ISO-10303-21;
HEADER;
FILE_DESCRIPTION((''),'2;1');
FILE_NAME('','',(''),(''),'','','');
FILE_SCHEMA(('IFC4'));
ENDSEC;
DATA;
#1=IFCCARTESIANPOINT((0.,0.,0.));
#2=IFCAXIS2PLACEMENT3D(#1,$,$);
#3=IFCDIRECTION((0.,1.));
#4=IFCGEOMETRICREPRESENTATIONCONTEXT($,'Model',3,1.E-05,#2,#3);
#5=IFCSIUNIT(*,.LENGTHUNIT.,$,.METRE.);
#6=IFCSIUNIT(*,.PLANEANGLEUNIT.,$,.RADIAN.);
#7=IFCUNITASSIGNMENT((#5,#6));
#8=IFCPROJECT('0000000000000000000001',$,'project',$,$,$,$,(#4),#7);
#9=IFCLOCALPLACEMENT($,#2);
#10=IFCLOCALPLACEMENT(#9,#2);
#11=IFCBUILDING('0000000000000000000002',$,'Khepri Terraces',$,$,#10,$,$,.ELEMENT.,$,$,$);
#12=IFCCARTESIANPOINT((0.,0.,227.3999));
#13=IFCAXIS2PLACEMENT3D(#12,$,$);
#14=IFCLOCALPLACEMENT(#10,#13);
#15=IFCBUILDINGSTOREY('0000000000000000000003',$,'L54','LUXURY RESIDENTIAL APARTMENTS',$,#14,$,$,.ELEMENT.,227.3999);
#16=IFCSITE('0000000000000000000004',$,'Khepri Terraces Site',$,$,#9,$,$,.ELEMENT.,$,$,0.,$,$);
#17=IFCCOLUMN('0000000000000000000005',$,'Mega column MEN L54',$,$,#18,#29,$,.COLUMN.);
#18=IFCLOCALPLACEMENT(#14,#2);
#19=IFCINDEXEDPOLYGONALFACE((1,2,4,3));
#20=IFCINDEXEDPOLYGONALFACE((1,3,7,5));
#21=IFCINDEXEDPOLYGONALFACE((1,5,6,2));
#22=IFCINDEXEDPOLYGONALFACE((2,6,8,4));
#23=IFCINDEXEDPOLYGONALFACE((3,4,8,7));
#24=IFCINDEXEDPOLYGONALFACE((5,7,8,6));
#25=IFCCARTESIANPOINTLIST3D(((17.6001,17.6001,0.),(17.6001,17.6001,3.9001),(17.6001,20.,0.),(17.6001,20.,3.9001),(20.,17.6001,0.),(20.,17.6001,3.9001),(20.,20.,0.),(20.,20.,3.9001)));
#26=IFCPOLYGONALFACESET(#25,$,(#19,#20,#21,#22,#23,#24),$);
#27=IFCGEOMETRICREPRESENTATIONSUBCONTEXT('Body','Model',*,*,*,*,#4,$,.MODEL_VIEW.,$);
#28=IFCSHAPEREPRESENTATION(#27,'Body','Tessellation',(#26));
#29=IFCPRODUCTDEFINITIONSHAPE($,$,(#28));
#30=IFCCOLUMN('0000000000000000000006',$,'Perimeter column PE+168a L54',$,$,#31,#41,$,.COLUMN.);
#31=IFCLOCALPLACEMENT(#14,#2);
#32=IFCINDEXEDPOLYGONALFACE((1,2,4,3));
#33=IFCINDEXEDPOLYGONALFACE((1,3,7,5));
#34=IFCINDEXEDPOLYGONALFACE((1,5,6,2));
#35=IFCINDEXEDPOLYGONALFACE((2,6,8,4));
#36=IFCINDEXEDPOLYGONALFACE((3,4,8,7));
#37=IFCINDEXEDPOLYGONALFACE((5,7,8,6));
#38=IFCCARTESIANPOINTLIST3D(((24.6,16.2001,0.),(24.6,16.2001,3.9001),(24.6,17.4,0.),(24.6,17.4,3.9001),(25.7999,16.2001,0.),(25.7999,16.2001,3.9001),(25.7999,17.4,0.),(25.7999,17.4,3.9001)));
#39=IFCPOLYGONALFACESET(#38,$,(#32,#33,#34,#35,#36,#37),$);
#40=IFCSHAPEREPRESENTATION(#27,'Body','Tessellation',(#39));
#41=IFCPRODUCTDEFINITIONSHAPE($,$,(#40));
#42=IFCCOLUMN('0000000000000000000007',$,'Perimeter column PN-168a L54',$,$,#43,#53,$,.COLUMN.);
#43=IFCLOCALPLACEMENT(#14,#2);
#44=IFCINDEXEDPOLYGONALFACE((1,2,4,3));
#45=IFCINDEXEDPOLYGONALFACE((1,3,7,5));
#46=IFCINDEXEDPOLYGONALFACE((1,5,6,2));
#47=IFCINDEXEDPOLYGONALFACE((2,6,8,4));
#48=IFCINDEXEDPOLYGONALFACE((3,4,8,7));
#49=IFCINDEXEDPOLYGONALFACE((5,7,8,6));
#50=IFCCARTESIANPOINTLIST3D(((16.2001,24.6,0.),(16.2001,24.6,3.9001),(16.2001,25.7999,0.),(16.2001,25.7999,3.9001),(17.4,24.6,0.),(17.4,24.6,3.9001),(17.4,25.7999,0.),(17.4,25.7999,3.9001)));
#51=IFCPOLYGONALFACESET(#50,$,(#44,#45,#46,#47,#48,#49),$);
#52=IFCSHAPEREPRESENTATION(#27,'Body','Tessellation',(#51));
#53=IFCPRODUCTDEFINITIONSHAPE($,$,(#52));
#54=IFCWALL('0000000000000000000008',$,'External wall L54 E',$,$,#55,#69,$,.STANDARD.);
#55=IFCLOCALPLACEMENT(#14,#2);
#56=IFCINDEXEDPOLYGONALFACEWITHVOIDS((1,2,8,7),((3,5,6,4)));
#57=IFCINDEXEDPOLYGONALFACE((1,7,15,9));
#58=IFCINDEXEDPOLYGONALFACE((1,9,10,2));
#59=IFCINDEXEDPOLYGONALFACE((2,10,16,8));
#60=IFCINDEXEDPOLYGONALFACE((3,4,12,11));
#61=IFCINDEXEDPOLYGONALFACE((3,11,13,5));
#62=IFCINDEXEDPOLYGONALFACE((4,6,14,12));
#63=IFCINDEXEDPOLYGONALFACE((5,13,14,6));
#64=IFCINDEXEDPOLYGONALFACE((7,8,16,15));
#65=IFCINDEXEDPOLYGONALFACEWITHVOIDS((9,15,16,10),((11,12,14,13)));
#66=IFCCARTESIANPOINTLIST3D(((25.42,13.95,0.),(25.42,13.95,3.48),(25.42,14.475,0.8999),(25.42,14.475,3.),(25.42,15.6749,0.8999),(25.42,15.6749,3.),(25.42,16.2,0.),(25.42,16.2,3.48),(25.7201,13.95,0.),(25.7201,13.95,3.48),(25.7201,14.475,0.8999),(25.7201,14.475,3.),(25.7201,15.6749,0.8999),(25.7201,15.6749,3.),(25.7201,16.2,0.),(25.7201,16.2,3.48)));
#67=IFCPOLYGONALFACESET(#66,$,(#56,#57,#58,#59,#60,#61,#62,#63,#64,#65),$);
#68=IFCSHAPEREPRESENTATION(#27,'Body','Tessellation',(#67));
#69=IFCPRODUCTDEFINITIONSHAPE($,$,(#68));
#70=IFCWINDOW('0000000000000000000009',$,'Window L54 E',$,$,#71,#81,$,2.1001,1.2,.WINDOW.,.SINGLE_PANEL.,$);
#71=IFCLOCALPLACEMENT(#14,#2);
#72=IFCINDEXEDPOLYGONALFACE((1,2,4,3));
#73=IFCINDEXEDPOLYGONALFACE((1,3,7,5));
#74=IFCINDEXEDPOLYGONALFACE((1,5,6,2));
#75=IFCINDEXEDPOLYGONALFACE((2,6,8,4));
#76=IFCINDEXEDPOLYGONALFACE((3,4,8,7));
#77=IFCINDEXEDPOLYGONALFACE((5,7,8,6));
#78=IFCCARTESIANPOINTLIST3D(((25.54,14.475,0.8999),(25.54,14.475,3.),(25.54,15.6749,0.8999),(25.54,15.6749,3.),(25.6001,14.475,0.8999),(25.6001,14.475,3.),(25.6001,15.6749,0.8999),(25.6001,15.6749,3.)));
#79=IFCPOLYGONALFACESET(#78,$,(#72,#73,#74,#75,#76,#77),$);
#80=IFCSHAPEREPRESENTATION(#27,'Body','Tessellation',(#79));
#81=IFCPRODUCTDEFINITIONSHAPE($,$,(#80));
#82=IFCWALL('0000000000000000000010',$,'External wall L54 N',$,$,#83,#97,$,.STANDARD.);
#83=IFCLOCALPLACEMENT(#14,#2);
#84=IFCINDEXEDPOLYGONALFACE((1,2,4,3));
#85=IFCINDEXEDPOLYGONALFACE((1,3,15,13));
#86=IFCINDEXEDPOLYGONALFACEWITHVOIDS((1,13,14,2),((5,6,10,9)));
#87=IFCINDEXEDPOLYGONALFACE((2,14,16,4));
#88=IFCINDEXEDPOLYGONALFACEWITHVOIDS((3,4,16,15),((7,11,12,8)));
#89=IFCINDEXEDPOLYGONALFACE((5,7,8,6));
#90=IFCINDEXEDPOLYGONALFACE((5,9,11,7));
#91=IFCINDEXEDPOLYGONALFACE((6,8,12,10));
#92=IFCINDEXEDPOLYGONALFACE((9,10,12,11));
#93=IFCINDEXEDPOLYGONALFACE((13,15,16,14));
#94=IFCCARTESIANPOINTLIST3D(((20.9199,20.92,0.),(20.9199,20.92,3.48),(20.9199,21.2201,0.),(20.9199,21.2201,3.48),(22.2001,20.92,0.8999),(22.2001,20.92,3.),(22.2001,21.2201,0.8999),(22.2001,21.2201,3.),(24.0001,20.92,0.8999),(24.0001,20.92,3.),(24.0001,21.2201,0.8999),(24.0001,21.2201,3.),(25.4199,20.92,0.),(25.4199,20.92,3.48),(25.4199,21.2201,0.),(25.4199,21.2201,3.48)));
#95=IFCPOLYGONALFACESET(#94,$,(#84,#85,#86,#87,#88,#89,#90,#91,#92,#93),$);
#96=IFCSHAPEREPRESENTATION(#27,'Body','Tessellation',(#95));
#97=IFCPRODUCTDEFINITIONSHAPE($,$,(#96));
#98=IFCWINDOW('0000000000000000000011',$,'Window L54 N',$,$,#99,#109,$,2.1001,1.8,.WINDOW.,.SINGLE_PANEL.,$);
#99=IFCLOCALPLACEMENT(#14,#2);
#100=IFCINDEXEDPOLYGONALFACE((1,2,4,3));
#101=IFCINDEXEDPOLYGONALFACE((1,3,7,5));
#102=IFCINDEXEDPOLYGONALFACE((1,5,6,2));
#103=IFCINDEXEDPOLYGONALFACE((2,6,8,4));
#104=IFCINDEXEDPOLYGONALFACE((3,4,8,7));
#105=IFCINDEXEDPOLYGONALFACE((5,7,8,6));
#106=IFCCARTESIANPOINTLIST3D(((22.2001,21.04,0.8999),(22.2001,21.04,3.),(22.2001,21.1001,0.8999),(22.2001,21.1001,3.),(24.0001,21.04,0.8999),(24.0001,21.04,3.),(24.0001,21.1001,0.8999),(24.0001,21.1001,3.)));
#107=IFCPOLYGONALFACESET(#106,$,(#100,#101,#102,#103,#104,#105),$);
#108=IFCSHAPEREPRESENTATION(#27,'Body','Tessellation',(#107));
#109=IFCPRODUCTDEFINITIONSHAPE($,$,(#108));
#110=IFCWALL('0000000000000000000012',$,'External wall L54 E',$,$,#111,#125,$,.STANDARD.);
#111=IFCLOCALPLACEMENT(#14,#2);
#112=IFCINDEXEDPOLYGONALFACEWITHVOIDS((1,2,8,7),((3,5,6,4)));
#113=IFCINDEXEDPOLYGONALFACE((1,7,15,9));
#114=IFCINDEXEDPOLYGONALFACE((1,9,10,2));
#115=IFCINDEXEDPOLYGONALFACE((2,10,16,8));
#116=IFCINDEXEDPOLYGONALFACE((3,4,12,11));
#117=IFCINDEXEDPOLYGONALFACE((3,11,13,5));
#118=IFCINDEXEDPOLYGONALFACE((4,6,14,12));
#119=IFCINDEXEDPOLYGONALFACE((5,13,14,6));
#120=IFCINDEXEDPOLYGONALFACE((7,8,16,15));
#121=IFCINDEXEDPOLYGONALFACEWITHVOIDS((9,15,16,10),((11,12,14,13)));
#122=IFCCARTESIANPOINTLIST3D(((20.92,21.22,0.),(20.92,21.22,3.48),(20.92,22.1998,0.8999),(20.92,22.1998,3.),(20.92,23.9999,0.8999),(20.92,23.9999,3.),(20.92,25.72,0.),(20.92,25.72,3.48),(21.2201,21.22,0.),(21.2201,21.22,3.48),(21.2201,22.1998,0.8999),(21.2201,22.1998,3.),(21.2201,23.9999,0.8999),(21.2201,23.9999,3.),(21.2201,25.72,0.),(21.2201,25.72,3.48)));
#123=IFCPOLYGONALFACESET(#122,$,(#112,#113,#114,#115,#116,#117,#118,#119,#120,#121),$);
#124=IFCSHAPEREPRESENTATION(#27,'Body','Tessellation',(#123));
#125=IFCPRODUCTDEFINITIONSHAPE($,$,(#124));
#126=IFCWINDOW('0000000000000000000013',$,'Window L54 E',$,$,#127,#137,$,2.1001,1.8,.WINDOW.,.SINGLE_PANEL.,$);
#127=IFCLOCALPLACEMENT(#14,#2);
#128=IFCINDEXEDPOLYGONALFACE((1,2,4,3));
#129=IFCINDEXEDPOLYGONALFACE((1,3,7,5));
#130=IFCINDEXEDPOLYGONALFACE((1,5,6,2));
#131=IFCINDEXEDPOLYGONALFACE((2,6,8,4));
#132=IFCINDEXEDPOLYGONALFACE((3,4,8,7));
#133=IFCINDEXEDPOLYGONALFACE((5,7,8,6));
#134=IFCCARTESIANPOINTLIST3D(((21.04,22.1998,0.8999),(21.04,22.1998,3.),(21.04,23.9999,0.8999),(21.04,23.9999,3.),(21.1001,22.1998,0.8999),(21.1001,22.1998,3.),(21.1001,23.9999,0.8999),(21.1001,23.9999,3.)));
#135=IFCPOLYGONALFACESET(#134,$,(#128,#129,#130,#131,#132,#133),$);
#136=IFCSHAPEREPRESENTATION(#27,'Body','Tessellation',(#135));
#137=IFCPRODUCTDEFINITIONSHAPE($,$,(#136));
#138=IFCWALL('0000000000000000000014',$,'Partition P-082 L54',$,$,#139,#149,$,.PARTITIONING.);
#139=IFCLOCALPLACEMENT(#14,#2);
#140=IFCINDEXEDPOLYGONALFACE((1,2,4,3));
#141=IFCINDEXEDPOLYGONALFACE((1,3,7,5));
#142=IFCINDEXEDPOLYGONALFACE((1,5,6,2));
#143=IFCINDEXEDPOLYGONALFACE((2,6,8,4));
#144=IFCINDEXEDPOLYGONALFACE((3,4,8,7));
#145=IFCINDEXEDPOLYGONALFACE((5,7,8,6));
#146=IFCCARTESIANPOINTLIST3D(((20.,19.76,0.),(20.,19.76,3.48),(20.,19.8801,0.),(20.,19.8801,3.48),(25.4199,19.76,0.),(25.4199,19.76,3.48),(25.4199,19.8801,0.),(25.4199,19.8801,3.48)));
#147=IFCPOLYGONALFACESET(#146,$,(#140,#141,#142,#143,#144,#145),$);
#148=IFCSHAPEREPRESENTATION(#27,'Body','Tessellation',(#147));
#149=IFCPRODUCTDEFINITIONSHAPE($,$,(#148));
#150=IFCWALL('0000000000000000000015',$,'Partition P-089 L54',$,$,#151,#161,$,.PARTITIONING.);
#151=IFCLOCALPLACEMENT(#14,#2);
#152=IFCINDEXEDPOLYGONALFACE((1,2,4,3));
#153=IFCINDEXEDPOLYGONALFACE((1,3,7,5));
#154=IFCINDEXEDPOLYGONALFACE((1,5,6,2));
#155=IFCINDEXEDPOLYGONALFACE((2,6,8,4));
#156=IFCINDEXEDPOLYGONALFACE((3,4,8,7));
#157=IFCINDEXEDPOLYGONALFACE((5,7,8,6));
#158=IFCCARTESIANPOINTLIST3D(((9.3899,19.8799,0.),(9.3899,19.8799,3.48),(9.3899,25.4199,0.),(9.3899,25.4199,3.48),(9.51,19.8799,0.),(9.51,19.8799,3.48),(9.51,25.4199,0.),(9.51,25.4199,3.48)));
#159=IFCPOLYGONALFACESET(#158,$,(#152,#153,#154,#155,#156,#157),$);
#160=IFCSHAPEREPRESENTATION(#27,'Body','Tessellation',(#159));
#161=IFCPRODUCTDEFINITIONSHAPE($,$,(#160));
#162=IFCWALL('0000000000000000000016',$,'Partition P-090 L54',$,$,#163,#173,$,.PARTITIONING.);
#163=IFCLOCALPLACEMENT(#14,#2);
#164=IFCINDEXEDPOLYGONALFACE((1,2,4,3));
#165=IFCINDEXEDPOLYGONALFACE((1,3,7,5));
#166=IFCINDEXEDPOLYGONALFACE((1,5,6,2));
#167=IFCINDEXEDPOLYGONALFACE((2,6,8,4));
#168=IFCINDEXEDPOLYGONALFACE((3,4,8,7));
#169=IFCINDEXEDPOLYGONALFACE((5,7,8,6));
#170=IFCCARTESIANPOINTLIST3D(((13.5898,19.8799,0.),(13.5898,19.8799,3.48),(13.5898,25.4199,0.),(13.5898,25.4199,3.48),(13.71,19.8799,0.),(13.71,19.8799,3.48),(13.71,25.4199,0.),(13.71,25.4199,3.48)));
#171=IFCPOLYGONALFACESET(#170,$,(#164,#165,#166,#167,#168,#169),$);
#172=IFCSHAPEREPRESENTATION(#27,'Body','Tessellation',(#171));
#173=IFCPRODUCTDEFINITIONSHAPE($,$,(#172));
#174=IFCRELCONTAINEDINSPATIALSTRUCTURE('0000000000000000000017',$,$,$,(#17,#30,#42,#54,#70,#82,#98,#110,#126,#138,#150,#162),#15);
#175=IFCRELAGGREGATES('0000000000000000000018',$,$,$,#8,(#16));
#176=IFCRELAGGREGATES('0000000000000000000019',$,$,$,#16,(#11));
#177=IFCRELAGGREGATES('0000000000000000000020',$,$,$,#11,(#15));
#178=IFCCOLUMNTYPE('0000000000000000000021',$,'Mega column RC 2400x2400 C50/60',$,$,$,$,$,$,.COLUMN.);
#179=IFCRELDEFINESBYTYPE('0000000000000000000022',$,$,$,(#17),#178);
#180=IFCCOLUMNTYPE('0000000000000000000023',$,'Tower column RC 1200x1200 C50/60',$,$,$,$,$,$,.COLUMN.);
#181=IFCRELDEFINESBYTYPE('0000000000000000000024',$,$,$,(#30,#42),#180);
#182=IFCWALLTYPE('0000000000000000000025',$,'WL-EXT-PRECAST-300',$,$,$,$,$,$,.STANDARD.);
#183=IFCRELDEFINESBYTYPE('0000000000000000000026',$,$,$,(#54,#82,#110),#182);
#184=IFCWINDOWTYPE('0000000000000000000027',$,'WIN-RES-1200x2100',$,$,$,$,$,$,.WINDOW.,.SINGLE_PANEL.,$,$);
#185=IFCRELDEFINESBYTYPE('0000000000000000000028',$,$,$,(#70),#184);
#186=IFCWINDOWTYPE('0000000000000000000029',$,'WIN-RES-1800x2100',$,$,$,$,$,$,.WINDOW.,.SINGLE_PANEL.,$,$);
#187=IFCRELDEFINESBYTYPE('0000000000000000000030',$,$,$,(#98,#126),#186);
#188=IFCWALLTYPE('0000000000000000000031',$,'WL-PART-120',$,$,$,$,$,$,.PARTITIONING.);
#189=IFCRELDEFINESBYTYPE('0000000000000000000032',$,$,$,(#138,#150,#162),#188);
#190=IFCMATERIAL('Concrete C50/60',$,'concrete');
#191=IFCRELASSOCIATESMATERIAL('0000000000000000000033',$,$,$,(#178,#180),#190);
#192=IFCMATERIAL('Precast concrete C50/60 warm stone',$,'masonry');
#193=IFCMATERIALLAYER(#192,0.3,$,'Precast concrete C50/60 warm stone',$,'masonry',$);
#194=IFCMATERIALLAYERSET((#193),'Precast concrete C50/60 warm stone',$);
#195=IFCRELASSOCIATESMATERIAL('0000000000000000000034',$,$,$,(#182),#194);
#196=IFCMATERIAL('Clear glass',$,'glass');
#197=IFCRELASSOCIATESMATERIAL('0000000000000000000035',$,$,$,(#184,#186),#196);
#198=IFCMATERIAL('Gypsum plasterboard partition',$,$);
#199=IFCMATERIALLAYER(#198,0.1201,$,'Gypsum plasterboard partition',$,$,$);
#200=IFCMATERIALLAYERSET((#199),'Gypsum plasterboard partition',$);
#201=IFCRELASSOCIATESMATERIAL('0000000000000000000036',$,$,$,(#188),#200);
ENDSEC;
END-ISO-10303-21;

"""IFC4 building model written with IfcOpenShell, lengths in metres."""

from ifc_helpers import new_model, si_unit, direction, frame, frame_2d, origin, origin_2d, place, context, subcontext, project, spatial, rectangle, extrude, material, layer, layer_set, material_profile, profile_set, type_object, element, fill, save


model = new_model("IFC4")

# Units and contexts
model_context = context("Model", 3, precision=1e-05, world=origin(), true_north=direction((0.0, 1.0)))
body_context = subcontext(model_context, "Body", "Model", "MODEL_VIEW")
ifc_project = project(units=[si_unit("LENGTHUNIT", "METRE"), si_unit("PLANEANGLEUNIT", "RADIAN")], contexts=[model_context])

# Site, building, storey
site_placement = place(None, origin())
site = spatial("IfcSite", under=ifc_project, at=site_placement, Name="Khepri Terraces Site", CompositionType="ELEMENT", RefElevation=0.0)
building_placement = place(site_placement, origin())
building = spatial("IfcBuilding", under=site, at=building_placement, Name="Khepri Terraces", CompositionType="ELEMENT")
storey_placement = place(building_placement, frame((0.0, 0.0, 227.3999)))
storey = spatial("IfcBuildingStorey", under=building, at=storey_placement, Name="L54", Description="LUXURY RESIDENTIAL APARTMENTS", CompositionType="ELEMENT", Elevation=227.3999)

# Columns
ifc_material_1 = material(Name="Concrete C50/60", Category="concrete")
ifc_material_profile_1 = material_profile(ifc_material_1, rectangle(XDim=2.3999, YDim=2.3999, at=origin_2d()), Name="Concrete C50/60", Category="concrete")
ifc_profile_set_1 = profile_set([ifc_material_profile_1], Name="Concrete C50/60")
column_type_1 = type_object("IfcColumnType", Name="Mega column RC 2400x2400 C50/60", PredefinedType="COLUMN", material=ifc_profile_set_1)
column_placement = place(storey_placement, frame((18.8, 18.8, 0.0), z_axis=(0.0, 0.0, 1.0), x_axis=(1.0, 0.0, 0.0)))
element("IfcColumn", 1, at=column_placement, inside=storey, type_object=column_type_1, Name="Mega column MEN L54", PredefinedType="COLUMN", context=body_context, shape_type="SweptSolid", body=[
    extrude(rectangle(XDim=2.3999, YDim=2.3999, at=origin_2d()), origin(), (0.0, 0.0, 1.0), 3.9001),
])
ifc_material_profile_2 = material_profile(ifc_material_1, rectangle(XDim=1.2, YDim=1.2, at=origin_2d()), Name="Concrete C50/60", Category="concrete")
ifc_profile_set_2 = profile_set([ifc_material_profile_2], Name="Concrete C50/60")
column_type_2 = type_object("IfcColumnType", Name="Tower column RC 1200x1200 C50/60", PredefinedType="COLUMN", material=ifc_profile_set_2)
for number, where, z_axis, x_axis, name in (
    (2, (25.2, 16.8, 0.0), (0.0, 0.0, 1.0), (1.0, 0.0, 0.0), "Perimeter column PE+168a L54"),
    (3, (16.8, 25.2, 0.0), (0.0, 0.0, 1.0), (1.0, 0.0, 0.0), "Perimeter column PN-168a L54"),
):
    element("IfcColumn", number, at=place(storey_placement, frame(where, z_axis=z_axis, x_axis=x_axis)), inside=storey, type_object=column_type_2, Name=name, PredefinedType="COLUMN", context=body_context, shape_type="SweptSolid", body=[
        extrude(rectangle(XDim=1.2, YDim=1.2, at=origin_2d()), origin(), (0.0, 0.0, 1.0), 3.9001),
    ])

# Shared definitions
ifc_material_2 = material(Name="Precast concrete C50/60 warm stone", Category="masonry")
ifc_layer_1 = layer(ifc_material_2, 0.3, Name="Precast concrete C50/60 warm stone", Category="masonry")
ifc_layer_set_1 = layer_set([ifc_layer_1], Name="Precast concrete C50/60 warm stone")
wall_type_1 = type_object("IfcWallType", Name="WL-EXT-PRECAST-300", PredefinedType="STANDARD", material=ifc_layer_set_1)

# Wall, opening, window
wall_1_placement = place(storey_placement, frame((25.5701, 13.95, 0.0), z_axis=(0.0, 0.0, 1.0), x_axis=(0.0, 1.0, 0.0)))
wall_1 = element("IfcWall", 4, at=wall_1_placement, inside=storey, type_object=wall_type_1, Name="External wall L54 E", PredefinedType="STANDARD", context=body_context, shape_type="SweptSolid", body=[
    extrude(rectangle(XDim=2.25, YDim=0.3, at=frame_2d((1.125, 0.0))), origin(), (0.0, 0.0, 1.0), 3.48),
])
opening_1_placement = place(wall_1_placement, frame((0.5249, 0.0, 0.8999)))
opening_1 = element("IfcOpeningElement", 5, at=opening_1_placement, cuts=wall_1, PredefinedType="OPENING", context=body_context, shape_type="SweptSolid", body=[
    extrude(rectangle(XDim=1.2, YDim=2.1001, at=frame_2d((0.6001, 1.05))), frame((0.0, 0.1602, 0.0), z_axis=(0.0, -1.0, 0.0), x_axis=(1.0, 0.0, 0.0)), (0.0, 0.0, 1.0), 0.3201),
])
ifc_material_3 = material(Name="Clear glass", Category="glass")
window_type_1 = type_object("IfcWindowType", Name="WIN-RES-1200x2100", PartitioningType="SINGLE_PANEL", PredefinedType="WINDOW", material=ifc_material_3)
window_1_placement = place(opening_1_placement, origin())
window_1 = element("IfcWindow", 6, at=window_1_placement, inside=storey, type_object=window_type_1, Name="Window L54 E", OverallHeight=2.1001, OverallWidth=1.2, PartitioningType="SINGLE_PANEL", PredefinedType="WINDOW", context=body_context, shape_type="SweptSolid", body=[
    extrude(rectangle(XDim=1.2, YDim=2.1001, at=frame_2d((0.6001, 1.05))), frame((0.0, 0.03, 0.0), z_axis=(0.0, -1.0, 0.0), x_axis=(1.0, 0.0, 0.0)), (0.0, 0.0, 1.0), 0.0601),
])
fill(opening_1, window_1)

# Walls, openings, windows
wall_2_placement = place(storey_placement, frame((25.4199, 21.0701, 0.0), z_axis=(0.0, 0.0, 1.0), x_axis=(-1.0, 0.0, 0.0)))
wall_2 = element("IfcWall", 7, at=wall_2_placement, inside=storey, type_object=wall_type_1, Name="External wall L54 N", PredefinedType="STANDARD", context=body_context, shape_type="SweptSolid", body=[
    extrude(rectangle(XDim=4.5, YDim=0.3, at=frame_2d((2.25, 0.0))), origin(), (0.0, 0.0, 1.0), 3.48),
])
opening_2_placement = place(wall_2_placement, frame((1.4199, 0.0, 0.8999)))
opening_2 = element("IfcOpeningElement", 8, at=opening_2_placement, cuts=wall_2, PredefinedType="OPENING", context=body_context, shape_type="SweptSolid", body=[
    extrude(rectangle(XDim=1.8, YDim=2.1001, at=frame_2d((0.8999, 1.05))), frame((0.0, 0.1602, 0.0), z_axis=(0.0, -1.0, 0.0), x_axis=(1.0, 0.0, 0.0)), (0.0, 0.0, 1.0), 0.3201),
])
window_type_2 = type_object("IfcWindowType", Name="WIN-RES-1800x2100", PartitioningType="SINGLE_PANEL", PredefinedType="WINDOW", material=ifc_material_3)
window_2_placement = place(opening_2_placement, origin())
window_2 = element("IfcWindow", 9, at=window_2_placement, inside=storey, type_object=window_type_2, Name="Window L54 N", OverallHeight=2.1001, OverallWidth=1.8, PartitioningType="SINGLE_PANEL", PredefinedType="WINDOW", context=body_context, shape_type="SweptSolid", body=[
    extrude(rectangle(XDim=1.8, YDim=2.1001, at=frame_2d((0.8999, 1.05))), frame((0.0, 0.03, 0.0), z_axis=(0.0, -1.0, 0.0), x_axis=(1.0, 0.0, 0.0)), (0.0, 0.0, 1.0), 0.0601),
])
fill(opening_2, window_2)
wall_3_placement = place(storey_placement, frame((21.0701, 21.22, 0.0), z_axis=(0.0, 0.0, 1.0), x_axis=(0.0, 1.0, 0.0)))
wall_3 = element("IfcWall", 10, at=wall_3_placement, inside=storey, type_object=wall_type_1, Name="External wall L54 E", PredefinedType="STANDARD", context=body_context, shape_type="SweptSolid", body=[
    extrude(rectangle(XDim=4.5, YDim=0.3, at=frame_2d((2.25, 0.0))), origin(), (0.0, 0.0, 1.0), 3.48),
])
opening_3_placement = place(wall_3_placement, frame((0.98, 0.0, 0.8999)))
opening_3 = element("IfcOpeningElement", 11, at=opening_3_placement, cuts=wall_3, PredefinedType="OPENING", context=body_context, shape_type="SweptSolid", body=[
    extrude(rectangle(XDim=1.8, YDim=2.1001, at=frame_2d((0.8999, 1.05))), frame((0.0, 0.1602, 0.0), z_axis=(0.0, -1.0, 0.0), x_axis=(1.0, 0.0, 0.0)), (0.0, 0.0, 1.0), 0.3201),
])
window_3_placement = place(opening_3_placement, origin())
window_3 = element("IfcWindow", 12, at=window_3_placement, inside=storey, type_object=window_type_2, Name="Window L54 E", OverallHeight=2.1001, OverallWidth=1.8, PartitioningType="SINGLE_PANEL", PredefinedType="WINDOW", context=body_context, shape_type="SweptSolid", body=[
    extrude(rectangle(XDim=1.8, YDim=2.1001, at=frame_2d((0.8999, 1.05))), frame((0.0, 0.03, 0.0), z_axis=(0.0, -1.0, 0.0), x_axis=(1.0, 0.0, 0.0)), (0.0, 0.0, 1.0), 0.0601),
])
fill(opening_3, window_3)

# Walls
ifc_material_4 = material(Name="Gypsum plasterboard partition")
ifc_layer_2 = layer(ifc_material_4, 0.1201, Name="Gypsum plasterboard partition")
ifc_layer_set_2 = layer_set([ifc_layer_2], Name="Gypsum plasterboard partition")
wall_type_2 = type_object("IfcWallType", Name="WL-PART-120", PredefinedType="PARTITIONING", material=ifc_layer_set_2)
wall_4_placement = place(storey_placement, frame((20.0, 19.8201, 0.0), z_axis=(0.0, 0.0, 1.0), x_axis=(1.0, 0.0, 0.0)))
element("IfcWall", 13, at=wall_4_placement, inside=storey, type_object=wall_type_2, Name="Partition P-082 L54", PredefinedType="PARTITIONING", context=body_context, shape_type="SweptSolid", body=[
    extrude(rectangle(XDim=5.4199, YDim=0.1201, at=frame_2d((2.71, 0.0))), origin(), (0.0, 0.0, 1.0), 3.48),
])
for number, where, z_axis, x_axis, name in (
    (14, (9.45, 19.8799, 0.0), (0.0, 0.0, 1.0), (0.0, 1.0, 0.0), "Partition P-089 L54"),
    (15, (13.6499, 19.8799, 0.0), (0.0, 0.0, 1.0), (0.0, 1.0, 0.0), "Partition P-090 L54"),
):
    element("IfcWall", number, at=place(storey_placement, frame(where, z_axis=z_axis, x_axis=x_axis)), inside=storey, type_object=wall_type_2, Name=name, PredefinedType="PARTITIONING", context=body_context, shape_type="SweptSolid", body=[
        extrude(rectangle(XDim=5.54, YDim=0.1201, at=frame_2d((2.77, 0.0))), origin(), (0.0, 0.0, 1.0), 3.48),
    ])

save(model, "model.ifc")
